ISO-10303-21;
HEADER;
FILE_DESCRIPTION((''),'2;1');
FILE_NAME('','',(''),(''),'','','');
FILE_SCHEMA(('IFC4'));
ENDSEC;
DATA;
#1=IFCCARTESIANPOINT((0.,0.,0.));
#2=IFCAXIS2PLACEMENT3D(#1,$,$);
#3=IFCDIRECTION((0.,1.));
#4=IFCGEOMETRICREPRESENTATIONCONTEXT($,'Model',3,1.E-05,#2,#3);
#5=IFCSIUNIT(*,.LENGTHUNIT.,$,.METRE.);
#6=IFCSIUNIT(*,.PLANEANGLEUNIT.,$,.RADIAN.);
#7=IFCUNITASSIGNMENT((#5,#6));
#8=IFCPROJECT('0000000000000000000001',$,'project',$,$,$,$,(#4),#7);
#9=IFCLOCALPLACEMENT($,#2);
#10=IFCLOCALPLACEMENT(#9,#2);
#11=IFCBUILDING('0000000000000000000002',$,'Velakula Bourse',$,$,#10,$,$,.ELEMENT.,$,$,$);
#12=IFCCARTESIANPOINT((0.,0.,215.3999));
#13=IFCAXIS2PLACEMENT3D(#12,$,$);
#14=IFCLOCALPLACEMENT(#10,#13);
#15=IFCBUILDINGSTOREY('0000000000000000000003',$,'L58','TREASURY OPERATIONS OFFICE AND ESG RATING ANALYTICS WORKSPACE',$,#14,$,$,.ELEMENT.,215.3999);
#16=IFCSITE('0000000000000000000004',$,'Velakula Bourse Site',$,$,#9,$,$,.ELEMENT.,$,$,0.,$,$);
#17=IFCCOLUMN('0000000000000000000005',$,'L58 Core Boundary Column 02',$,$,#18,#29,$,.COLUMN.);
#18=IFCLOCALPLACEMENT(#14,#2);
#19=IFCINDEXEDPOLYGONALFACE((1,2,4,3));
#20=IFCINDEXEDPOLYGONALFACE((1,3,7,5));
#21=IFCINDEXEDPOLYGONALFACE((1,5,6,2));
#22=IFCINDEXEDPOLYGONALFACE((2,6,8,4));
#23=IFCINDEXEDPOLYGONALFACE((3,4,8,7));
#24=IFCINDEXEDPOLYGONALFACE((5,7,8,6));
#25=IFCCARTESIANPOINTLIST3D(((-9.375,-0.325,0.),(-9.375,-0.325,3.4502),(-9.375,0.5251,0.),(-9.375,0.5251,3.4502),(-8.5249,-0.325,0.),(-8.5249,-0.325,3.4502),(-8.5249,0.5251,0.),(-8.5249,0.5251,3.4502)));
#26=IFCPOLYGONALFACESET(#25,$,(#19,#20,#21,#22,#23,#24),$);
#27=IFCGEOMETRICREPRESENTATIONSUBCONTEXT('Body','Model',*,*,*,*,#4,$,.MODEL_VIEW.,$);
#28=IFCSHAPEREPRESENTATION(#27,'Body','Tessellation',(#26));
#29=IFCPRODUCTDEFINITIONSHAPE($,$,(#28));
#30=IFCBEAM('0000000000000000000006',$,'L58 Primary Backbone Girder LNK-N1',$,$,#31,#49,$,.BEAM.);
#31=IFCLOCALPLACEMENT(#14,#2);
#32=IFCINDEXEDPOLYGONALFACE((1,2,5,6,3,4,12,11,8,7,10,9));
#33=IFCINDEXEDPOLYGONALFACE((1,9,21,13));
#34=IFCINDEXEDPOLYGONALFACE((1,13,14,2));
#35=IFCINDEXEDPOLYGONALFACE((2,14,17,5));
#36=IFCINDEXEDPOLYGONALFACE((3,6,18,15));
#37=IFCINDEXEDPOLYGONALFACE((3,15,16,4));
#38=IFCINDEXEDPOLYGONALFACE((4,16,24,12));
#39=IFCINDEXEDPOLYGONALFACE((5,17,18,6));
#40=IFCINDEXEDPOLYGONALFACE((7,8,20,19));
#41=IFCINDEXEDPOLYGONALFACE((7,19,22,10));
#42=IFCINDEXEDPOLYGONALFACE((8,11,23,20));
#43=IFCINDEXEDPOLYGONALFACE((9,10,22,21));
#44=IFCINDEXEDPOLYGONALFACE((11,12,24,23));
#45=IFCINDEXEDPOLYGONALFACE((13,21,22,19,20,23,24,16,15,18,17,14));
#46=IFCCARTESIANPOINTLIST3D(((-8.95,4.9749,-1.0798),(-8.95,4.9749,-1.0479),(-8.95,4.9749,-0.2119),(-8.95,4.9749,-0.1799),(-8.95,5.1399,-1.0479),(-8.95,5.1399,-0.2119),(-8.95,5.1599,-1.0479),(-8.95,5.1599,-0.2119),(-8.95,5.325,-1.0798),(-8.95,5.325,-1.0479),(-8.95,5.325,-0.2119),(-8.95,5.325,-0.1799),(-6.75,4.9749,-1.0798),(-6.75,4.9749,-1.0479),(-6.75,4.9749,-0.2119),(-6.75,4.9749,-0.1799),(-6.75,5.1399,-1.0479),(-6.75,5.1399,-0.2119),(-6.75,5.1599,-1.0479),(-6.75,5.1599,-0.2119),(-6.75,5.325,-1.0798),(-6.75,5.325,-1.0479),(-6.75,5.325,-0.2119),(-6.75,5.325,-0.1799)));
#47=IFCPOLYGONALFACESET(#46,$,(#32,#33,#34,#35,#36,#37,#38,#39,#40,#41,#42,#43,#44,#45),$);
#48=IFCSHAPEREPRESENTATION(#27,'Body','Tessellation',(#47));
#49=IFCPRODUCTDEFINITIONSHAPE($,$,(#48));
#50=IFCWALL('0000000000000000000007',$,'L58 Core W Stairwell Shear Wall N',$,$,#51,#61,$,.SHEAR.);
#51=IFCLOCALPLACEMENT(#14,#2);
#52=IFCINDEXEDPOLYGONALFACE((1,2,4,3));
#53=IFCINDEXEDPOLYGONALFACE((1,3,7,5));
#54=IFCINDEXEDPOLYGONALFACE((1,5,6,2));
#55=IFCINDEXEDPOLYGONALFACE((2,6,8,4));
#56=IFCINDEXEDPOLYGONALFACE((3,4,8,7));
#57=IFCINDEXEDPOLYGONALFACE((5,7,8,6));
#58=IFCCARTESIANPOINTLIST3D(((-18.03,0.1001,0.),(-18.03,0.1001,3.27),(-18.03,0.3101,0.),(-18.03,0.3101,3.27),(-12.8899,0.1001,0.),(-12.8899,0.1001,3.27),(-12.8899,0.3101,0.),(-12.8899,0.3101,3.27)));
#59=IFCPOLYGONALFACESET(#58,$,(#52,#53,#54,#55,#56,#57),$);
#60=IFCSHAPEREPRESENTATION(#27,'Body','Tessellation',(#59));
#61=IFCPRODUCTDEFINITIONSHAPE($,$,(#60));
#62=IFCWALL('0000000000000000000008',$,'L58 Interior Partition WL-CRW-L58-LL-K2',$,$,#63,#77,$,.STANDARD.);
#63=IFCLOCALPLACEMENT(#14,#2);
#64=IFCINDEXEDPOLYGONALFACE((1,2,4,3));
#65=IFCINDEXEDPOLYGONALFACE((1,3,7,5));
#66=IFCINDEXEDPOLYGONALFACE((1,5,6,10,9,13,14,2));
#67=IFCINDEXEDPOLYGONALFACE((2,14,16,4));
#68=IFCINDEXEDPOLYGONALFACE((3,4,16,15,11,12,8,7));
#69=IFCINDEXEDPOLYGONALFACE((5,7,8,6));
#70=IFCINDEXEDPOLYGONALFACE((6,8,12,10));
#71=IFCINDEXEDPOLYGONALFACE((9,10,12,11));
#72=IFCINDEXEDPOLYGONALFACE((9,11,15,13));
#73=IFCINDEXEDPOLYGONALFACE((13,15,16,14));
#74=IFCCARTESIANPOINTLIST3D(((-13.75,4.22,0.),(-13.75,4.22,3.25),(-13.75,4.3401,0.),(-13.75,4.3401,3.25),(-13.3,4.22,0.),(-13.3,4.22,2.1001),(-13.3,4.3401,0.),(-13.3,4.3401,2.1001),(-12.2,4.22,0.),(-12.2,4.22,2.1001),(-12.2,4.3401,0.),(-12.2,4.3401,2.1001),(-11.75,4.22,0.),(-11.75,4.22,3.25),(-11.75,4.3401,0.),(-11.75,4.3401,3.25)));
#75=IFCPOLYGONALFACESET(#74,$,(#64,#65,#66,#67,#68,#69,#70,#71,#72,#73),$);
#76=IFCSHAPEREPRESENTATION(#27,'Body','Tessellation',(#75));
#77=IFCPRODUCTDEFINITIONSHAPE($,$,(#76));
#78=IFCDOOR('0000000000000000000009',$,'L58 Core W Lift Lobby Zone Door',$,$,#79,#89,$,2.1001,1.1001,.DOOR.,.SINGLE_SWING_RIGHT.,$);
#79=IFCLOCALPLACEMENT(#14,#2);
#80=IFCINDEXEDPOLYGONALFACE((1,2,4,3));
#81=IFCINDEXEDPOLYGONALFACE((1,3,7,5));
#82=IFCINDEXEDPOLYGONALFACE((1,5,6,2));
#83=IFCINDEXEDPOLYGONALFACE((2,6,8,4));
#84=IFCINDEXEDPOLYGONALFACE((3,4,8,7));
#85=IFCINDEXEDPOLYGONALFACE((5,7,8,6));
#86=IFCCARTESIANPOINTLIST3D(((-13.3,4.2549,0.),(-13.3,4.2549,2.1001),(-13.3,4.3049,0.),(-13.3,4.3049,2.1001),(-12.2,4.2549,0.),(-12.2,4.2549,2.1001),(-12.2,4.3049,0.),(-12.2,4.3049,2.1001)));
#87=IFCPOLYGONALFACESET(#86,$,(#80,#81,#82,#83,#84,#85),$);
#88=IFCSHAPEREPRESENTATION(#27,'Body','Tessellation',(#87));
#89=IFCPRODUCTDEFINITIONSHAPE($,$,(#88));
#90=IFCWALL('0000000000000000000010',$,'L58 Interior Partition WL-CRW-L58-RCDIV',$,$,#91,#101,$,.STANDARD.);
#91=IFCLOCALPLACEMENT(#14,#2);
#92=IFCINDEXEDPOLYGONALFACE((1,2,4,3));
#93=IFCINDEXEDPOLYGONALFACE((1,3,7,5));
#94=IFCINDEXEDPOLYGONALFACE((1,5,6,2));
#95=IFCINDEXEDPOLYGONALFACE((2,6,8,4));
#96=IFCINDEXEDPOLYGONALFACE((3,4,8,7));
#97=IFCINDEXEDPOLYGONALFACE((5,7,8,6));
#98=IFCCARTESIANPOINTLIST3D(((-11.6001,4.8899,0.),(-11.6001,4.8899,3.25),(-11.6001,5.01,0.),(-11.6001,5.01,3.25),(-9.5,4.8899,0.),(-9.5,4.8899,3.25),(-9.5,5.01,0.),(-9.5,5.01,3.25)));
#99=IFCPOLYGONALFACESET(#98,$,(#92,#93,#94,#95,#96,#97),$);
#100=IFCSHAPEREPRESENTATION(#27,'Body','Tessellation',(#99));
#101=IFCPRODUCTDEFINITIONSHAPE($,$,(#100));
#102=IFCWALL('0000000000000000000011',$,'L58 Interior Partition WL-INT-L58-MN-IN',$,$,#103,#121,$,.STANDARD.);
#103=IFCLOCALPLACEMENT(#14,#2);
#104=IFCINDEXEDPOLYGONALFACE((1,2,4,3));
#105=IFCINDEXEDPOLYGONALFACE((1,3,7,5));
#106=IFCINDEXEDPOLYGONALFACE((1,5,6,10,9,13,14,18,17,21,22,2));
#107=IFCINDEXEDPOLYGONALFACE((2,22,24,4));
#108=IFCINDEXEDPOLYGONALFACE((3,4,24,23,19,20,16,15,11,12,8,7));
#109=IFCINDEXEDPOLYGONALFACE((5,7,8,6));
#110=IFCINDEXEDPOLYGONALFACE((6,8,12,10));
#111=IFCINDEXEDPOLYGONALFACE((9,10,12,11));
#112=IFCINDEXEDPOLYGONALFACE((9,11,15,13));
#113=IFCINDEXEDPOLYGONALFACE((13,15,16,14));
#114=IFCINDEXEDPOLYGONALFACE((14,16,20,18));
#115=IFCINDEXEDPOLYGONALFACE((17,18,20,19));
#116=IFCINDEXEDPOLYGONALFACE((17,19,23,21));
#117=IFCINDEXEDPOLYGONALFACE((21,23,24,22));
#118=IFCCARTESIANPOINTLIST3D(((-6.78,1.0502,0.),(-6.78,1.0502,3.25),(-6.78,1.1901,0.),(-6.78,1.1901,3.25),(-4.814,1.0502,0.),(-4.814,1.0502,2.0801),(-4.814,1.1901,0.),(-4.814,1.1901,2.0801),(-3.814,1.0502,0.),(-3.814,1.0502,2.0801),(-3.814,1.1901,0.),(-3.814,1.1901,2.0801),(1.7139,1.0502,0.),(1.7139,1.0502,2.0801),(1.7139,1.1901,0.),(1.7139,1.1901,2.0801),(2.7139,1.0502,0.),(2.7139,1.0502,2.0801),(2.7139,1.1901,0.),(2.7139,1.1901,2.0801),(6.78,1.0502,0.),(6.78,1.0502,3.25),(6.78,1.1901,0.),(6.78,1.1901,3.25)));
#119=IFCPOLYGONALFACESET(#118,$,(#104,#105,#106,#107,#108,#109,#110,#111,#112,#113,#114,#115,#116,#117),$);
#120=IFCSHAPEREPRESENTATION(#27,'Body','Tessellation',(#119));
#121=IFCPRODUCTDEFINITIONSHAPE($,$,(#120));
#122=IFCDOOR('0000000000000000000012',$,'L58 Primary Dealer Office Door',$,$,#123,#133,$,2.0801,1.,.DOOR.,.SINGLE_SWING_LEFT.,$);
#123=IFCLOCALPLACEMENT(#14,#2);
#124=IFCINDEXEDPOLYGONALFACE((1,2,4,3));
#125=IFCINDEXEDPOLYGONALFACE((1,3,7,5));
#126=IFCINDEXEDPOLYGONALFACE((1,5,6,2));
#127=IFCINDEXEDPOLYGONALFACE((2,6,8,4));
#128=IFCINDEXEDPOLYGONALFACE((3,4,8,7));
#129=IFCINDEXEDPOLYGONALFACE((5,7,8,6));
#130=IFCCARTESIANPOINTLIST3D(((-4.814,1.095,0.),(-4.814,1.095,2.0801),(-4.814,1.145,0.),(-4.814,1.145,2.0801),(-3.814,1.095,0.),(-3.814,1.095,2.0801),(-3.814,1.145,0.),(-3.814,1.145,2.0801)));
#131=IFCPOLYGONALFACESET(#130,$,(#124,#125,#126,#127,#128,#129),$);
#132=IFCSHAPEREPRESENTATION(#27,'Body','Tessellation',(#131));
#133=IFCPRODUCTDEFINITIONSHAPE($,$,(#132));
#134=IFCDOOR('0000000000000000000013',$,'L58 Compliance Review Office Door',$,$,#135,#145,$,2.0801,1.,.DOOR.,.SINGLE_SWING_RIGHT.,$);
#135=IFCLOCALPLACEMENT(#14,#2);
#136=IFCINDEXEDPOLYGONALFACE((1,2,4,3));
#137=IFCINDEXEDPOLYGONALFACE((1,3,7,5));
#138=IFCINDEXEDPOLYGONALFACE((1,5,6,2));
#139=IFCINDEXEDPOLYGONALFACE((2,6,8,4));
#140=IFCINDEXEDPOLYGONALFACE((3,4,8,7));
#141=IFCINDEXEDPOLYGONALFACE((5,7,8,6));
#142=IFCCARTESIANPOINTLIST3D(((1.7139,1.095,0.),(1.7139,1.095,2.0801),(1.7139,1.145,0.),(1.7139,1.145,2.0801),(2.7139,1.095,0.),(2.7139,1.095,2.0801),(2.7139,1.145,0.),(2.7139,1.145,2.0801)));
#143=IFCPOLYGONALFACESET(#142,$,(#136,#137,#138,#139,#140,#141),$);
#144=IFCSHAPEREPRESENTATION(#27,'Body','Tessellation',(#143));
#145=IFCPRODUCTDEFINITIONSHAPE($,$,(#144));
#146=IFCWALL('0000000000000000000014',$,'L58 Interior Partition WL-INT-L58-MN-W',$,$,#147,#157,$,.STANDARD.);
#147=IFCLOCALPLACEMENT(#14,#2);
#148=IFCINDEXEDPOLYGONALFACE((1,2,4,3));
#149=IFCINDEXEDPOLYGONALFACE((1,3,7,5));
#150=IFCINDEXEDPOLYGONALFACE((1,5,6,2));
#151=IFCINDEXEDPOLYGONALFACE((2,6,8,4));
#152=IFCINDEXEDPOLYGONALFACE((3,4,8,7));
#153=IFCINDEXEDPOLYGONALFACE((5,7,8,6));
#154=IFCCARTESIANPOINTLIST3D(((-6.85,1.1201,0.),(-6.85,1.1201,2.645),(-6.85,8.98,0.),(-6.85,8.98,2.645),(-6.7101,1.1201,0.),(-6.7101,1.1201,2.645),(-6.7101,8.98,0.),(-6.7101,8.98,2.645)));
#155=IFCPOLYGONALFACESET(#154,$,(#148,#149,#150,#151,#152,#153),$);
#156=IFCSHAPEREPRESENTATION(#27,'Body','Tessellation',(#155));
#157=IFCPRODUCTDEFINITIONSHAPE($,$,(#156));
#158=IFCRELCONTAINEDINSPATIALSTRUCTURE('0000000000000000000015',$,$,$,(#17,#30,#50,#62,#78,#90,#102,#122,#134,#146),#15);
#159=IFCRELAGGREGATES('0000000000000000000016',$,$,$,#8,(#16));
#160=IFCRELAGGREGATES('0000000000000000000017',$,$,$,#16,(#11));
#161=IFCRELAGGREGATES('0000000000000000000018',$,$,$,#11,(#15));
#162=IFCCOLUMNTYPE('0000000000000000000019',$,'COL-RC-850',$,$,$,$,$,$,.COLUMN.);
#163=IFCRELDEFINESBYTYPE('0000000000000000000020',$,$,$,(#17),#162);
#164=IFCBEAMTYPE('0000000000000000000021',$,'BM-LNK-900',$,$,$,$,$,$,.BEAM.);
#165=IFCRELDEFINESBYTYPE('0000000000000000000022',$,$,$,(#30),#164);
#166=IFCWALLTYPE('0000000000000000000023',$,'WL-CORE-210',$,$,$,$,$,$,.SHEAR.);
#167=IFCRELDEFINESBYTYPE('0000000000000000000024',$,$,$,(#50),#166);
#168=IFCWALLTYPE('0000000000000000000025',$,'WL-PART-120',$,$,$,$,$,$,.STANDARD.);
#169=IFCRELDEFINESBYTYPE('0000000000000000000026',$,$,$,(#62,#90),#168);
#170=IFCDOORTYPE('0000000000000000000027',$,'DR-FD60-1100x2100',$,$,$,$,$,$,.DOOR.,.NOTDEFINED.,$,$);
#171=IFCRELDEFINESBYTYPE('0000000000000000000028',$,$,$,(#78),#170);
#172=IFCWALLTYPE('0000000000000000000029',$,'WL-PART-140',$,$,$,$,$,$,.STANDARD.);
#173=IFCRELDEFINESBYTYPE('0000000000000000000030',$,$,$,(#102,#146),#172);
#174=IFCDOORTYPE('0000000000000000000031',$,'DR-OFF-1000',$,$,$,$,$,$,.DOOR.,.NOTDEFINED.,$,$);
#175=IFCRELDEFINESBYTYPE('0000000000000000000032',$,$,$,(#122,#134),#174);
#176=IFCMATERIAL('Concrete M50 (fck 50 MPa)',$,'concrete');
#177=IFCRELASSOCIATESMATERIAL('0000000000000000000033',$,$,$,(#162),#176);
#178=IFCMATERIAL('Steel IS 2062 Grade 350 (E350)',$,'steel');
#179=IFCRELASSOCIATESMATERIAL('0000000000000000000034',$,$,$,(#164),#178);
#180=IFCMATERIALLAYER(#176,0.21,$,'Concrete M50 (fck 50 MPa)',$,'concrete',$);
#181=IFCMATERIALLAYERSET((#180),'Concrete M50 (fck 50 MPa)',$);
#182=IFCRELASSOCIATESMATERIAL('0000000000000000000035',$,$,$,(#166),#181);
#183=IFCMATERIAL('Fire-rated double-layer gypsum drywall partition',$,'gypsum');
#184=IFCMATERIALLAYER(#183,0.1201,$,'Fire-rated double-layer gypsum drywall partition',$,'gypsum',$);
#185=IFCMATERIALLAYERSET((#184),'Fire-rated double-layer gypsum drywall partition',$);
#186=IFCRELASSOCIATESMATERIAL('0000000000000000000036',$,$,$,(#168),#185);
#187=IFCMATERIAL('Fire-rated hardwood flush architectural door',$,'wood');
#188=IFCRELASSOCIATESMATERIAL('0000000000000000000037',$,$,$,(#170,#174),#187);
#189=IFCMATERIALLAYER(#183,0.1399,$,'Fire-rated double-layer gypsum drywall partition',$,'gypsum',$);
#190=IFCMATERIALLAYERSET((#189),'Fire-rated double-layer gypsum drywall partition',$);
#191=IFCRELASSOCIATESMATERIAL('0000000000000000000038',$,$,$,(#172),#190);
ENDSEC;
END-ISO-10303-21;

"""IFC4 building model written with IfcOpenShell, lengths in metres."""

from ifc_helpers import new_model, si_unit, direction, frame, frame_2d, origin, origin_2d, place, context, subcontext, project, spatial, rectangle, i_section, extrude, material, layer, layer_set, material_profile, profile_set, type_object, element, fill, save


model = new_model("IFC4")

# Units and contexts
model_context = context("Model", 3, precision=1e-05, world=origin(), true_north=direction((0.0, 1.0)))
body_context = subcontext(model_context, "Body", "Model", "MODEL_VIEW")
ifc_project = project(units=[si_unit("LENGTHUNIT", "METRE"), si_unit("PLANEANGLEUNIT", "RADIAN")], contexts=[model_context])

# Site, building, storey
site_placement = place(None, origin())
site = spatial("IfcSite", under=ifc_project, at=site_placement, Name="Velakula Bourse Site", CompositionType="ELEMENT", RefElevation=0.0)
building_placement = place(site_placement, origin())
building = spatial("IfcBuilding", under=site, at=building_placement, Name="Velakula Bourse", CompositionType="ELEMENT")
storey_placement = place(building_placement, frame((0.0, 0.0, 215.3999)))
storey = spatial("IfcBuildingStorey", under=building, at=storey_placement, Name="L58", Description="TREASURY OPERATIONS OFFICE AND ESG RATING ANALYTICS WORKSPACE", CompositionType="ELEMENT", Elevation=215.3999)

# Column
ifc_material_1 = material(Name="Concrete M50 (fck 50 MPa)", Category="concrete")
ifc_material_profile_1 = material_profile(ifc_material_1, rectangle(XDim=0.8501, YDim=0.8501, at=origin_2d()), Name="Concrete M50 (fck 50 MPa)")
ifc_profile_set_1 = profile_set([ifc_material_profile_1], Name="Concrete M50 (fck 50 MPa)")
column_type = type_object("IfcColumnType", Name="COL-RC-850", PredefinedType="COLUMN", material=ifc_profile_set_1)
column_placement = place(storey_placement, frame((-8.95, 0.1001, 0.0), z_axis=(0.0, 0.0, 1.0), x_axis=(1.0, 0.0, 0.0)))
element("IfcColumn", 1, at=column_placement, inside=storey, type_object=column_type, Name="L58 Core Boundary Column 02", PredefinedType="COLUMN", context=body_context, shape_type="SweptSolid", body=[
    extrude(rectangle(XDim=0.8501, YDim=0.8501, at=origin_2d()), origin(), (0.0, 0.0, 1.0), 3.4502),
])

# Beam
ifc_material_2 = material(Name="Steel IS 2062 Grade 350 (E350)", Category="steel")
ifc_material_profile_2 = material_profile(ifc_material_2, i_section(OverallWidth=0.3501, OverallDepth=0.8999, WebThickness=0.02, FlangeThickness=0.032, at=origin_2d()), Name="Steel IS 2062 Grade 350 (E350)")
ifc_profile_set_2 = profile_set([ifc_material_profile_2], Name="Steel IS 2062 Grade 350 (E350)")
beam_type = type_object("IfcBeamType", Name="BM-LNK-900", PredefinedType="BEAM", material=ifc_profile_set_2)
beam_placement = place(storey_placement, frame((-8.95, 5.1499, -0.6299), z_axis=(1.0, 0.0, 0.0), x_axis=(0.0, 1.0, 0.0)))
element("IfcBeam", 2, at=beam_placement, inside=storey, type_object=beam_type, Name="L58 Primary Backbone Girder LNK-N1", PredefinedType="BEAM", context=body_context, shape_type="SweptSolid", body=[
    extrude(i_section(OverallWidth=0.3501, OverallDepth=0.8999, WebThickness=0.02, FlangeThickness=0.032, at=origin_2d()), origin(), (0.0, 0.0, 1.0), 2.2),
])

# Wall
ifc_layer_1 = layer(ifc_material_1, 0.21, Name="Concrete M50 (fck 50 MPa)", Category="concrete")
ifc_layer_set_1 = layer_set([ifc_layer_1], Name="Concrete M50 (fck 50 MPa)")
wall_type_1 = type_object("IfcWallType", Name="WL-CORE-210", PredefinedType="SHEAR", material=ifc_layer_set_1)
wall_1_placement = place(storey_placement, frame((-12.8899, 0.2051, 0.0), z_axis=(0.0, 0.0, 1.0), x_axis=(-1.0, 0.0, 0.0)))
element("IfcWall", 3, at=wall_1_placement, inside=storey, type_object=wall_type_1, Name="L58 Core W Stairwell Shear Wall N", PredefinedType="SHEAR", context=body_context, shape_type="SweptSolid", body=[
    extrude(rectangle(XDim=5.1401, YDim=0.21, at=frame_2d((2.5701, 0.0))), origin(), (0.0, 0.0, 1.0), 3.27),
])

# Wall, opening, door
ifc_material_3 = material(Name="Fire-rated double-layer gypsum drywall partition", Category="gypsum")
ifc_layer_2 = layer(ifc_material_3, 0.1201, Name="Fire-rated double-layer gypsum drywall partition", Category="gypsum")
ifc_layer_set_2 = layer_set([ifc_layer_2], Name="Fire-rated double-layer gypsum drywall partition")
wall_type_2 = type_object("IfcWallType", Name="WL-PART-120", PredefinedType="STANDARD", material=ifc_layer_set_2)
wall_2_placement = place(storey_placement, frame((-13.75, 4.28, 0.0), z_axis=(0.0, 0.0, 1.0), x_axis=(1.0, 0.0, 0.0)))
wall_2 = element("IfcWall", 4, at=wall_2_placement, inside=storey, type_object=wall_type_2, Name="L58 Interior Partition WL-CRW-L58-LL-K2", PredefinedType="STANDARD", context=body_context, shape_type="SweptSolid", body=[
    extrude(rectangle(XDim=2.0, YDim=0.1201, at=frame_2d((1.0, 0.0))), origin(), (0.0, 0.0, 1.0), 3.25),
])
opening_1_placement = place(wall_2_placement, frame((0.45, 0.0, 0.0)))
opening_1 = element("IfcOpeningElement", 5, at=opening_1_placement, cuts=wall_2, PredefinedType="OPENING", context=body_context, shape_type="SweptSolid", body=[
    extrude(rectangle(XDim=1.1001, YDim=2.1001, at=frame_2d((0.55, 1.05))), frame((0.0, 0.0701, 0.0), z_axis=(0.0, -1.0, 0.0), x_axis=(1.0, 0.0, 0.0)), (0.0, 0.0, 1.0), 0.1401),
])
ifc_material_4 = material(Name="Fire-rated hardwood flush architectural door", Category="wood")
door_type_1 = type_object("IfcDoorType", Name="DR-FD60-1100x2100", OperationType="NOTDEFINED", PredefinedType="DOOR", material=ifc_material_4)
door_1_placement = place(opening_1_placement, origin())
door_1 = element("IfcDoor", 6, at=door_1_placement, inside=storey, type_object=door_type_1, Name="L58 Core W Lift Lobby Zone Door", OperationType="SINGLE_SWING_RIGHT", OverallHeight=2.1001, OverallWidth=1.1001, PredefinedType="DOOR", context=body_context, shape_type="SweptSolid", body=[
    extrude(rectangle(XDim=1.1001, YDim=2.1001, at=frame_2d((0.55, 1.05))), frame((0.0, 0.0249, 0.0), z_axis=(0.0, -1.0, 0.0), x_axis=(1.0, 0.0, 0.0)), (0.0, 0.0, 1.0), 0.05),
])
fill(opening_1, door_1)

# Wall
wall_3_placement = place(storey_placement, frame((-11.6001, 4.95, 0.0), z_axis=(0.0, 0.0, 1.0), x_axis=(1.0, 0.0, 0.0)))
element("IfcWall", 7, at=wall_3_placement, inside=storey, type_object=wall_type_2, Name="L58 Interior Partition WL-CRW-L58-RCDIV", PredefinedType="STANDARD", context=body_context, shape_type="SweptSolid", body=[
    extrude(rectangle(XDim=2.1001, YDim=0.1201, at=frame_2d((1.05, 0.0))), origin(), (0.0, 0.0, 1.0), 3.25),
])

# Wall, openings, doors
ifc_layer_3 = layer(ifc_material_3, 0.1399, Name="Fire-rated double-layer gypsum drywall partition", Category="gypsum")
ifc_layer_set_3 = layer_set([ifc_layer_3], Name="Fire-rated double-layer gypsum drywall partition")
wall_type_3 = type_object("IfcWallType", Name="WL-PART-140", PredefinedType="STANDARD", material=ifc_layer_set_3)
wall_4_placement = place(storey_placement, frame((-6.78, 1.1201, 0.0), z_axis=(0.0, 0.0, 1.0), x_axis=(1.0, 0.0, 0.0)))
wall_4 = element("IfcWall", 8, at=wall_4_placement, inside=storey, type_object=wall_type_3, Name="L58 Interior Partition WL-INT-L58-MN-IN", PredefinedType="STANDARD", context=body_context, shape_type="SweptSolid", body=[
    extrude(rectangle(XDim=13.5601, YDim=0.1399, at=frame_2d((6.78, 0.0))), origin(), (0.0, 0.0, 1.0), 3.25),
])
opening_2_placement = place(wall_4_placement, frame((1.9661, 0.0, 0.0)))
opening_2 = element("IfcOpeningElement", 9, at=opening_2_placement, cuts=wall_4, PredefinedType="OPENING", context=body_context, shape_type="SweptSolid", body=[
    extrude(rectangle(XDim=1.0, YDim=2.0801, at=frame_2d((0.5, 1.04))), frame((0.0, 0.0798, 0.0), z_axis=(0.0, -1.0, 0.0), x_axis=(1.0, 0.0, 0.0)), (0.0, 0.0, 1.0), 0.1599),
])
opening_3_placement = place(wall_4_placement, frame((8.4939, 0.0, 0.0)))
opening_3 = element("IfcOpeningElement", 10, at=opening_3_placement, cuts=wall_4, PredefinedType="OPENING", context=body_context, shape_type="SweptSolid", body=[
    extrude(rectangle(XDim=1.0, YDim=2.0801, at=frame_2d((0.5, 1.04))), frame((0.0, 0.0798, 0.0), z_axis=(0.0, -1.0, 0.0), x_axis=(1.0, 0.0, 0.0)), (0.0, 0.0, 1.0), 0.1599),
])
door_type_2 = type_object("IfcDoorType", Name="DR-OFF-1000", OperationType="NOTDEFINED", PredefinedType="DOOR", material=ifc_material_4)
door_2_placement = place(opening_2_placement, origin())
door_2 = element("IfcDoor", 11, at=door_2_placement, inside=storey, type_object=door_type_2, Name="L58 Primary Dealer Office Door", OperationType="SINGLE_SWING_LEFT", OverallHeight=2.0801, OverallWidth=1.0, PredefinedType="DOOR", context=body_context, shape_type="SweptSolid", body=[
    extrude(rectangle(XDim=1.0, YDim=2.0801, at=frame_2d((0.5, 1.04))), frame((0.0, 0.0249, 0.0), z_axis=(0.0, -1.0, 0.0), x_axis=(1.0, 0.0, 0.0)), (0.0, 0.0, 1.0), 0.05),
])
fill(opening_2, door_2)
door_3_placement = place(opening_3_placement, origin())
door_3 = element("IfcDoor", 12, at=door_3_placement, inside=storey, type_object=door_type_2, Name="L58 Compliance Review Office Door", OperationType="SINGLE_SWING_RIGHT", OverallHeight=2.0801, OverallWidth=1.0, PredefinedType="DOOR", context=body_context, shape_type="SweptSolid", body=[
    extrude(rectangle(XDim=1.0, YDim=2.0801, at=frame_2d((0.5, 1.04))), frame((0.0, 0.0249, 0.0), z_axis=(0.0, -1.0, 0.0), x_axis=(1.0, 0.0, 0.0)), (0.0, 0.0, 1.0), 0.05),
])
fill(opening_3, door_3)

# Wall
wall_5_placement = place(storey_placement, frame((-6.78, 1.1201, 0.0), z_axis=(0.0, 0.0, 1.0), x_axis=(0.0, 1.0, 0.0)))
element("IfcWall", 13, at=wall_5_placement, inside=storey, type_object=wall_type_3, Name="L58 Interior Partition WL-INT-L58-MN-W", PredefinedType="STANDARD", context=body_context, shape_type="SweptSolid", body=[
    extrude(rectangle(XDim=7.8599, YDim=0.1399, at=frame_2d((3.9299, 0.0))), origin(), (0.0, 0.0, 1.0), 2.645),
])

save(model, "model.ifc")
